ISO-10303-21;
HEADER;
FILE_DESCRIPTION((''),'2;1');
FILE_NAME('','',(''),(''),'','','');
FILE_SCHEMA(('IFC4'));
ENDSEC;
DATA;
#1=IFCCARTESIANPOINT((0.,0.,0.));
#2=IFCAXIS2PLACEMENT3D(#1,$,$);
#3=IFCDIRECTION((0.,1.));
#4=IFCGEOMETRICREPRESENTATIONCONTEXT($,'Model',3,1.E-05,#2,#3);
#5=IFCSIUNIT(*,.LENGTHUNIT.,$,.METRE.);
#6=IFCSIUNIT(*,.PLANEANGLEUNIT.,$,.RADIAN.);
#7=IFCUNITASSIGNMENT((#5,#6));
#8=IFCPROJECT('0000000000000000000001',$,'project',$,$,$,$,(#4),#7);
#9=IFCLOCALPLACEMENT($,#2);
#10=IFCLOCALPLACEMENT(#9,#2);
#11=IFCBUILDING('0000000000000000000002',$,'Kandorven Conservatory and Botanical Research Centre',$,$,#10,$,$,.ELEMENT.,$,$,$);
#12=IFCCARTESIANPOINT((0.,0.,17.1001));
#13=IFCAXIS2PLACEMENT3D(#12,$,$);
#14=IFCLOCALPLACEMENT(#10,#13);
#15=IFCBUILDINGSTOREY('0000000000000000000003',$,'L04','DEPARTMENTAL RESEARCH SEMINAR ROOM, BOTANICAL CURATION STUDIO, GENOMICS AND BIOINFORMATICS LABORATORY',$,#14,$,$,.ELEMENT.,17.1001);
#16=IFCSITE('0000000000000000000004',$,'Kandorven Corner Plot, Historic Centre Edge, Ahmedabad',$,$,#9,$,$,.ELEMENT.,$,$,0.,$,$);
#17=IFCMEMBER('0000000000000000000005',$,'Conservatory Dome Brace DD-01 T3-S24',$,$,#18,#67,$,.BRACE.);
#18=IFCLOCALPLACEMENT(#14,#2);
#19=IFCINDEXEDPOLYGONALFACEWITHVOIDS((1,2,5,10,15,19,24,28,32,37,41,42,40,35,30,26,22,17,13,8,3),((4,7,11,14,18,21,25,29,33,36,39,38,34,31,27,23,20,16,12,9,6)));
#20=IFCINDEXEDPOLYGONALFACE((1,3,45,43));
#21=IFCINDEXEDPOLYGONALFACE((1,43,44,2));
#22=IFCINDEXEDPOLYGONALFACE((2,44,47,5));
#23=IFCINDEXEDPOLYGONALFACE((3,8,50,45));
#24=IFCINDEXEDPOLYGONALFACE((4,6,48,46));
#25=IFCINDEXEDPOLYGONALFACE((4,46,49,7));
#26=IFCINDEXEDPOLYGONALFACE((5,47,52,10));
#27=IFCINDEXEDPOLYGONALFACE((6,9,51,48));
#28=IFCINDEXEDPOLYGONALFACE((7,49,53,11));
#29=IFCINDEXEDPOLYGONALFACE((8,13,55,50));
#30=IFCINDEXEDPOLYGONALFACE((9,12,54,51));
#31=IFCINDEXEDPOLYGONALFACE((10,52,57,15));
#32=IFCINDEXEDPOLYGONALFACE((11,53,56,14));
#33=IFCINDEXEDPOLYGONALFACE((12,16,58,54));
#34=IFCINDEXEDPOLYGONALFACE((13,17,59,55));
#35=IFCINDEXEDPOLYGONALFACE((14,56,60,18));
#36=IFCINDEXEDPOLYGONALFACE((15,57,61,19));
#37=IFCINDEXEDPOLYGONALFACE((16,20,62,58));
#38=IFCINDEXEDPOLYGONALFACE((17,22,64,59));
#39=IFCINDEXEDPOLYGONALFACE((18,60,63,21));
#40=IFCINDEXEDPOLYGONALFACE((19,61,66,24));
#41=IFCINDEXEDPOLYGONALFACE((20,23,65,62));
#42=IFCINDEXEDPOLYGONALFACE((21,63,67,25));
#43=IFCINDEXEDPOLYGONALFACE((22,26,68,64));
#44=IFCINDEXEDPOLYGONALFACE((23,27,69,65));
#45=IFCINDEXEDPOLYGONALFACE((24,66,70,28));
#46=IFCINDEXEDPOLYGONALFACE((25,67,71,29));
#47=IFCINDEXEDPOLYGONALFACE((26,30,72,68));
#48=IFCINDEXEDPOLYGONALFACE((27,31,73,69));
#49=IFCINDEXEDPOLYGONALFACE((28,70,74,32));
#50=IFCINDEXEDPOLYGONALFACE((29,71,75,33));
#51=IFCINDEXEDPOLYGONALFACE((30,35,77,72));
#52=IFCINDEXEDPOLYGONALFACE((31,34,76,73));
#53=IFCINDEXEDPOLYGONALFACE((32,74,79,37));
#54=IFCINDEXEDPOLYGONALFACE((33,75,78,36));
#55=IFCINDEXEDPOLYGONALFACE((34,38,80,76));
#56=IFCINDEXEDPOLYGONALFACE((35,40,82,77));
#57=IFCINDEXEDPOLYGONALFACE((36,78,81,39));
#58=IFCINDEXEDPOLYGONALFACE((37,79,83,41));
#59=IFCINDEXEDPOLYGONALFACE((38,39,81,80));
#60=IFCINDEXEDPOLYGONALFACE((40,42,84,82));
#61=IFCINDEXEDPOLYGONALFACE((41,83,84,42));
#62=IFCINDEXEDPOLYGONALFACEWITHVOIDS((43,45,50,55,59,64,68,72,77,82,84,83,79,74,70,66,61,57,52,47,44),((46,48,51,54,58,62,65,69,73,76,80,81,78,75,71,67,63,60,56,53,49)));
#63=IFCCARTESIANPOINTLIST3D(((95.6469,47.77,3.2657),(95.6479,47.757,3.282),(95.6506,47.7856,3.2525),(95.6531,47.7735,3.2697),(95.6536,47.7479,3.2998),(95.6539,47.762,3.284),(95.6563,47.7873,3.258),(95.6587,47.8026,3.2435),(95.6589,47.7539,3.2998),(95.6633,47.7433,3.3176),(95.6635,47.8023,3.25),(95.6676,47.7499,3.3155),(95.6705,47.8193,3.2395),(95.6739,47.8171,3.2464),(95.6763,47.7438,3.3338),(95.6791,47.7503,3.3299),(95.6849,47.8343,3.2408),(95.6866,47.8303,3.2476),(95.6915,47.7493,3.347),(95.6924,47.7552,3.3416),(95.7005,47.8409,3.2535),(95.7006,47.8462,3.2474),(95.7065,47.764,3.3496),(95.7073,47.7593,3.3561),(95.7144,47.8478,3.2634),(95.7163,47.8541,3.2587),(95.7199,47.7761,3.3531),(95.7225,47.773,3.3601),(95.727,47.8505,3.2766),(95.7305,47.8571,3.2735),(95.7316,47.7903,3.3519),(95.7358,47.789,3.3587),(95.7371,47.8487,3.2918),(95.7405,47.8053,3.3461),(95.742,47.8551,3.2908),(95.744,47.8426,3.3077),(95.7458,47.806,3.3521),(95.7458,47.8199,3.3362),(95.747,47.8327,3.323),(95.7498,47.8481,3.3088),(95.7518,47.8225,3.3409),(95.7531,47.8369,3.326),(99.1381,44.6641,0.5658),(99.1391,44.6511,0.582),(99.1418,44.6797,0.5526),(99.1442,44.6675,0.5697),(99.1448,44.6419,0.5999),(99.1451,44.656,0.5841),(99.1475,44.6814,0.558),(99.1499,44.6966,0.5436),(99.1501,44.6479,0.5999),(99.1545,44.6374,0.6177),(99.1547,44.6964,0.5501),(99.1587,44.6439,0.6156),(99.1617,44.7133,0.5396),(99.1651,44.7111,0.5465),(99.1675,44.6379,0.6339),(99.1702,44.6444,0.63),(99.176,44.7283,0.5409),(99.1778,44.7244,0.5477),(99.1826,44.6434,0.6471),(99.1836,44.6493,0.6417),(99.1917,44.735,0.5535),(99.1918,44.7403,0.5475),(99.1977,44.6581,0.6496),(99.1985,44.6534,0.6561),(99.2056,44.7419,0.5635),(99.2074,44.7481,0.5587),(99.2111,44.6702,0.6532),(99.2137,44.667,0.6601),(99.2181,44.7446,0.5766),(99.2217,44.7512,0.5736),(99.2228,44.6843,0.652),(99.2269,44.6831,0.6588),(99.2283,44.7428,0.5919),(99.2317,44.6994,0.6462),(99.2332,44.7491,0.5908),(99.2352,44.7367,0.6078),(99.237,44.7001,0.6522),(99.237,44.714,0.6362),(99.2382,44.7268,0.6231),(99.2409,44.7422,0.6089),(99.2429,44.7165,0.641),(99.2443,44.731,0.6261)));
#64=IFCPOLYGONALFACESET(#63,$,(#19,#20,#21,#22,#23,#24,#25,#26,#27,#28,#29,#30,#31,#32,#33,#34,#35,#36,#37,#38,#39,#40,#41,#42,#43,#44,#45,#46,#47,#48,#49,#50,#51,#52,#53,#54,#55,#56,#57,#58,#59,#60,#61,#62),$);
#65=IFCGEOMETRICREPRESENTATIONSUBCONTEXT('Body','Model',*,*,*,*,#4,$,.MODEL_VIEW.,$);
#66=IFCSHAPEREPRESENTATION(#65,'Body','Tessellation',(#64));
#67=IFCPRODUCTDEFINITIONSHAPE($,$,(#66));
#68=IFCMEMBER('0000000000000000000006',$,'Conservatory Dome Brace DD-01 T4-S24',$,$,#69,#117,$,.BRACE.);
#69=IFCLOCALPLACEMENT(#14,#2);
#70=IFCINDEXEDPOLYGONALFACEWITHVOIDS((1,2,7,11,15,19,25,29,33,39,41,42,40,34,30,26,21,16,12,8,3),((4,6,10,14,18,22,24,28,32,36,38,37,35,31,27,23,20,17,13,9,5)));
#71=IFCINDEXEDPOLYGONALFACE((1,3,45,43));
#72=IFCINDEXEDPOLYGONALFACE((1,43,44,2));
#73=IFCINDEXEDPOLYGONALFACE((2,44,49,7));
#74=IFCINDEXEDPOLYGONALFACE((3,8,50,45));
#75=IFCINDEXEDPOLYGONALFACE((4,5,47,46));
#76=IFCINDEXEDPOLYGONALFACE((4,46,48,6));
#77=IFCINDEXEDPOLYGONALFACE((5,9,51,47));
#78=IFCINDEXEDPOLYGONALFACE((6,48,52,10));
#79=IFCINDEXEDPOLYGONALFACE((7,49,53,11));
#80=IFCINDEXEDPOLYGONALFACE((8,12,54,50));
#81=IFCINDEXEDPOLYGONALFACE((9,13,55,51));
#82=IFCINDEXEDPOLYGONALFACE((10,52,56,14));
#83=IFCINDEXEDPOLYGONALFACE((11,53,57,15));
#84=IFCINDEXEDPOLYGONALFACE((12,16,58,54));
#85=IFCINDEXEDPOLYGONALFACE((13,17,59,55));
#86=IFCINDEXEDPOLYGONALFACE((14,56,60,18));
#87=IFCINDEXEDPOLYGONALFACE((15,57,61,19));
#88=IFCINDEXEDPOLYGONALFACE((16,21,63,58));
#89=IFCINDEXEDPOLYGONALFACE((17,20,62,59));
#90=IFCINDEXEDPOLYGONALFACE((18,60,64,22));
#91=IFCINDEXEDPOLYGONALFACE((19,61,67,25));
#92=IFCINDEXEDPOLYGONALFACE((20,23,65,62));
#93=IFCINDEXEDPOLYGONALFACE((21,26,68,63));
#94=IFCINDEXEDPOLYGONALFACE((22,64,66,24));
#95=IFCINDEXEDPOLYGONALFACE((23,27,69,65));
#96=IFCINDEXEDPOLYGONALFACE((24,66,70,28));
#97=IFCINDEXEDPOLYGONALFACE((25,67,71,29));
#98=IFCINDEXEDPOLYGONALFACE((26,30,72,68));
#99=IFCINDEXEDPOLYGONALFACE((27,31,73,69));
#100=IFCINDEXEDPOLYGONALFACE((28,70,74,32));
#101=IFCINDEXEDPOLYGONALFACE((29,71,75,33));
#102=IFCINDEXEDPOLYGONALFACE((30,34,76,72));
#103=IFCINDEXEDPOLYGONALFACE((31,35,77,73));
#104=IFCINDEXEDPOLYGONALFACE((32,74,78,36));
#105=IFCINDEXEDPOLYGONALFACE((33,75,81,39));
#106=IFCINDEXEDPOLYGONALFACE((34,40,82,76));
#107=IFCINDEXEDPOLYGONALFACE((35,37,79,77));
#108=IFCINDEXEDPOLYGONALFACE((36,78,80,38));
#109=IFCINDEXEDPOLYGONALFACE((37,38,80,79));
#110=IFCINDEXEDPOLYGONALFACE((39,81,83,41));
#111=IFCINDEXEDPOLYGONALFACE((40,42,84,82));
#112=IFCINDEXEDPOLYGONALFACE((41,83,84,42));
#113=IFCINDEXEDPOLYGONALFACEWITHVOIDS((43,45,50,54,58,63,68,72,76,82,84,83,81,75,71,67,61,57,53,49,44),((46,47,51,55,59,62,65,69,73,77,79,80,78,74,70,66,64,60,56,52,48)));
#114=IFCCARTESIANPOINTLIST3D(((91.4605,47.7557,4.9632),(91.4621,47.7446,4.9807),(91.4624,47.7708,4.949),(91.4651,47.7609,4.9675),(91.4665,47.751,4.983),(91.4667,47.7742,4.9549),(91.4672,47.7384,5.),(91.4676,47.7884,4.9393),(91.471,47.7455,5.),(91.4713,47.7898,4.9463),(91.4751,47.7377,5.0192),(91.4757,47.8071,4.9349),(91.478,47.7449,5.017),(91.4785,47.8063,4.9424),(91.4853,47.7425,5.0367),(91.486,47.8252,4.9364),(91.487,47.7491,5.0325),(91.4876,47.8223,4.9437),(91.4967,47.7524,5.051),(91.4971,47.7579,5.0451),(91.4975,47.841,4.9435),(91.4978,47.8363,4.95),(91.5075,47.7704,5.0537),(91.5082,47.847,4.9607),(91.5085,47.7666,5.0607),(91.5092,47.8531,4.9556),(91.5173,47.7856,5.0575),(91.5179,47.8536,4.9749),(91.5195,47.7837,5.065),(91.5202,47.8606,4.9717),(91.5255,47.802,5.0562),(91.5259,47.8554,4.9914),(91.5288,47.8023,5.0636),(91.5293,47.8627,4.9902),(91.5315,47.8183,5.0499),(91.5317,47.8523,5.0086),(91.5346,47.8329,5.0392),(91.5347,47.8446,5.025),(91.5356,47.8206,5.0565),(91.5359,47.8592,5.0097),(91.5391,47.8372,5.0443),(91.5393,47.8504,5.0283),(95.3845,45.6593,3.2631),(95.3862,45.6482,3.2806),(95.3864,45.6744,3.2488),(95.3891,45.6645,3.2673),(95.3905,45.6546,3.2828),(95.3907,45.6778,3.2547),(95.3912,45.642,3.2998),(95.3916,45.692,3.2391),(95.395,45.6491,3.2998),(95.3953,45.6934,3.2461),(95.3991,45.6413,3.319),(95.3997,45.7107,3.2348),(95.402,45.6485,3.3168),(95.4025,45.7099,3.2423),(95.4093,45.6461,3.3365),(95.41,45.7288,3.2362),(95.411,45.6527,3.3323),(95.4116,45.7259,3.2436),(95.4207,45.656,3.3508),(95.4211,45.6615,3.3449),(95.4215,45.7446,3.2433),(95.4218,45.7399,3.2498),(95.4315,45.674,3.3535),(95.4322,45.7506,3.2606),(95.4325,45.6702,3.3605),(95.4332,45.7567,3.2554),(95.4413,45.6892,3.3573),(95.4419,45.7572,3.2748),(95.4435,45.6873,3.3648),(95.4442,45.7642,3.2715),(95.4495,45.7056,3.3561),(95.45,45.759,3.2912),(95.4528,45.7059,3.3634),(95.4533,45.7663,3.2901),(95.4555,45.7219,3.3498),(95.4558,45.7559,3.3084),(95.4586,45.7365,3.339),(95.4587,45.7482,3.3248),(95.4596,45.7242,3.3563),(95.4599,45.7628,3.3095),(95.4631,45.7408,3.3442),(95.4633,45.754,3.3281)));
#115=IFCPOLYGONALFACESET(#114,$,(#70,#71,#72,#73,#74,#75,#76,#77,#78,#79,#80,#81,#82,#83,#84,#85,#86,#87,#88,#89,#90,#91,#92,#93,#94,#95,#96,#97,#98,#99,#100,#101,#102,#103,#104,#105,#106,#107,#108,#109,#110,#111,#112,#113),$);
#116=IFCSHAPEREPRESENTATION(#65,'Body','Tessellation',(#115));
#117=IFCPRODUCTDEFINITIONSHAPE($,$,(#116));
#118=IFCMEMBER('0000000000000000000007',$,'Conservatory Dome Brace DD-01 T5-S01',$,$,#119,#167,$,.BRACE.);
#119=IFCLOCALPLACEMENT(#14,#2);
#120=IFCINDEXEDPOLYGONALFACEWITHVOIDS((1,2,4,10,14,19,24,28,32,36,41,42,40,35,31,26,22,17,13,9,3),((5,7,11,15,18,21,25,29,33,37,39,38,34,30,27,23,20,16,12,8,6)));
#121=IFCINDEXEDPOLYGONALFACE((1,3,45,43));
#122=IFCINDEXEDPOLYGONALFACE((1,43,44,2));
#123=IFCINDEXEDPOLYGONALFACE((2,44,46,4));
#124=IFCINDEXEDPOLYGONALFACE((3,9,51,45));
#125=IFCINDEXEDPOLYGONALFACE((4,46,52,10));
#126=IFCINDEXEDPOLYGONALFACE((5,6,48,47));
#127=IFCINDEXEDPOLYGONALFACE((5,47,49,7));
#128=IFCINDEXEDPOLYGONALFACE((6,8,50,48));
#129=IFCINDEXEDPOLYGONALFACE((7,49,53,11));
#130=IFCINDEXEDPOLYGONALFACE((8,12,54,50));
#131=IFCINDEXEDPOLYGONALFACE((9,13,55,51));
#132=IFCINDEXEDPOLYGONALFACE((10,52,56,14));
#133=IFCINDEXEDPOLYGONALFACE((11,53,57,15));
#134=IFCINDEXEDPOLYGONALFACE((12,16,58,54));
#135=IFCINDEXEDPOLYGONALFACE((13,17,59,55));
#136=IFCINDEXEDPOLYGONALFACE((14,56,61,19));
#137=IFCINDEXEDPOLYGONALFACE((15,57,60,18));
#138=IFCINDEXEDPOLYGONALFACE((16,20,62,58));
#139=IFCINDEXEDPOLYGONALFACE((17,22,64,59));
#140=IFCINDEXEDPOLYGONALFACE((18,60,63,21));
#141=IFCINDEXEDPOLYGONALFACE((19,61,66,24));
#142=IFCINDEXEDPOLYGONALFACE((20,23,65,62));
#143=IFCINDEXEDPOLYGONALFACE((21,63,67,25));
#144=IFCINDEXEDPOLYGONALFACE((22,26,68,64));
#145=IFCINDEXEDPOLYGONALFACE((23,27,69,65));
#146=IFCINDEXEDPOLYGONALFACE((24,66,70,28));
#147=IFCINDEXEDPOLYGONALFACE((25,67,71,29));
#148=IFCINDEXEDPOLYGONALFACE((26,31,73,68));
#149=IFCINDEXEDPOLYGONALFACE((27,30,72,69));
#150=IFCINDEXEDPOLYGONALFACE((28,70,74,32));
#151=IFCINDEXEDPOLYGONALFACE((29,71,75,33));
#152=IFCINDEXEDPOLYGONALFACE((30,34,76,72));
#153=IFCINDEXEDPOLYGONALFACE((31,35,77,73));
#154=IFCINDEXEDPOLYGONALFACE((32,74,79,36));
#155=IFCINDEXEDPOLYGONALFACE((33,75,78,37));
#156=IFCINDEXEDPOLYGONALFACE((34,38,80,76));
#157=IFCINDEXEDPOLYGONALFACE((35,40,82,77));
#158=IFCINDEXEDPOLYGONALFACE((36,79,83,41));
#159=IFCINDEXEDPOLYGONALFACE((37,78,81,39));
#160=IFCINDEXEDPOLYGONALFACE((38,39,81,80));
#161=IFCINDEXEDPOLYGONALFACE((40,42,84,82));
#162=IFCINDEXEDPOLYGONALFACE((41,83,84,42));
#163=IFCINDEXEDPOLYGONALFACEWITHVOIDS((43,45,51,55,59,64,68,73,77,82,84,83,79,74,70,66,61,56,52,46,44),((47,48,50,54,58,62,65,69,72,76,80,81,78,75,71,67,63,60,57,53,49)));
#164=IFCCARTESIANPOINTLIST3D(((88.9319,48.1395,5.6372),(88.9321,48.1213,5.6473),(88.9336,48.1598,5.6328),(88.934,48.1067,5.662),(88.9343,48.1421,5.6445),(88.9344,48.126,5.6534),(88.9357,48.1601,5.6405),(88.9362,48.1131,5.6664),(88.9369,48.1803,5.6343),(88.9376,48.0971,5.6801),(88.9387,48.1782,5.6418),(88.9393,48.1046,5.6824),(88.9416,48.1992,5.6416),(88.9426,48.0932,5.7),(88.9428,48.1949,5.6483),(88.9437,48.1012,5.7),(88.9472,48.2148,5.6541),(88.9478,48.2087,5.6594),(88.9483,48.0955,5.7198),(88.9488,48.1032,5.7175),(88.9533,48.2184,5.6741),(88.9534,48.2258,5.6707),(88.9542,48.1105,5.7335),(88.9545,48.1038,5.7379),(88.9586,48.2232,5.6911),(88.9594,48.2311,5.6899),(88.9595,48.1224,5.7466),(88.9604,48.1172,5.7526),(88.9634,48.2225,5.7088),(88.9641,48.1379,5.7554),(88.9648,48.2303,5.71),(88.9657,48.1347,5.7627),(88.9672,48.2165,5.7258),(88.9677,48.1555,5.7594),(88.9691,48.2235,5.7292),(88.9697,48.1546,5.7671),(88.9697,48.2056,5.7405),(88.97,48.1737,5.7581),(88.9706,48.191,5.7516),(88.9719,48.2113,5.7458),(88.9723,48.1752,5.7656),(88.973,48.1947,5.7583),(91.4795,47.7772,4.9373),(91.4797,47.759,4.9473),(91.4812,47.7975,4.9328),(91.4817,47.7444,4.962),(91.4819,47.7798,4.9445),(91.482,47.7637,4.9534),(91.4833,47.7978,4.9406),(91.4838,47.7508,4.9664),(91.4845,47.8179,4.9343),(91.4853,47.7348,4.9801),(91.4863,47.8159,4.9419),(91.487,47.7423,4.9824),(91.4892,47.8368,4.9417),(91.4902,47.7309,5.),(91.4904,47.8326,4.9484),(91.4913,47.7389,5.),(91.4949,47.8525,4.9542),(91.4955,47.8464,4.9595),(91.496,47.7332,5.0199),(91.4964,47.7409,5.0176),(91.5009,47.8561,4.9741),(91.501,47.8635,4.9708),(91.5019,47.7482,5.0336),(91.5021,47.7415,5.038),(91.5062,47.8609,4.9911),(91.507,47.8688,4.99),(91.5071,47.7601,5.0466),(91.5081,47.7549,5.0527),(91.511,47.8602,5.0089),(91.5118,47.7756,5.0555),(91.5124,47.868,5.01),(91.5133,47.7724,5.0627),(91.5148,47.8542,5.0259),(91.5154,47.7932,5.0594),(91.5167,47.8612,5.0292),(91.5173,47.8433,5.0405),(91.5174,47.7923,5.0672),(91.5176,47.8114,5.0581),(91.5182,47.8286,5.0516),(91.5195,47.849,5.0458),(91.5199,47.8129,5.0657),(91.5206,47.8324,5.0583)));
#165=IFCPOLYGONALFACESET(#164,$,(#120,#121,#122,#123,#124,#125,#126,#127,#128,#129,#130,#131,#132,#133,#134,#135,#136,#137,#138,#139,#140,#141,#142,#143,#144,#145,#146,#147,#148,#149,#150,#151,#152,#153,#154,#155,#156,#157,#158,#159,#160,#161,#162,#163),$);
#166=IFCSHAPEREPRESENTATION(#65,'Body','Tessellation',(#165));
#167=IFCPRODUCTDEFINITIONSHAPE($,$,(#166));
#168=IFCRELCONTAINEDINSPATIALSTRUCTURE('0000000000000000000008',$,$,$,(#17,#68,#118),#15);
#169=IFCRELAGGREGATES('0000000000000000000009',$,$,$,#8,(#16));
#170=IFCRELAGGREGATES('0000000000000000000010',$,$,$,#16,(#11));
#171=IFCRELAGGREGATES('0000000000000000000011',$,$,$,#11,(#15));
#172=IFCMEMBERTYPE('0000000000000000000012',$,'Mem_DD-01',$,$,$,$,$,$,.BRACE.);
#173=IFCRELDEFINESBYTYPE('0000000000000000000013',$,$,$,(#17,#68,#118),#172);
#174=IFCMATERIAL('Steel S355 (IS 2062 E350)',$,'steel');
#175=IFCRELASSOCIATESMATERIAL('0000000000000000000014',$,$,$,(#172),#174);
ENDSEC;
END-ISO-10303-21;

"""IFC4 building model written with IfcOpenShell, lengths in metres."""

from ifc_helpers import new_model, si_unit, direction, frame, origin, origin_2d, place, context, subcontext, project, spatial, hollow_circle, extrude, material, material_profile, profile_set, type_object, element, save


model = new_model("IFC4")

# Units and contexts
model_context = context("Model", 3, precision=1e-05, world=origin(), true_north=direction((0.0, 1.0)))
body_context = subcontext(model_context, "Body", "Model", "MODEL_VIEW")
ifc_project = project(units=[si_unit("LENGTHUNIT", "METRE"), si_unit("PLANEANGLEUNIT", "RADIAN")], contexts=[model_context])

# Site, building, storey
site_placement = place(None, origin())
site = spatial("IfcSite", under=ifc_project, at=site_placement, Name="Kandorven Corner Plot, Historic Centre Edge, Ahmedabad", CompositionType="ELEMENT", RefElevation=0.0)
building_placement = place(site_placement, origin())
building = spatial("IfcBuilding", under=site, at=building_placement, Name="Kandorven Conservatory and Botanical Research Centre", CompositionType="ELEMENT")
storey_placement = place(building_placement, frame((0.0, 0.0, 17.1001)))
storey = spatial("IfcBuildingStorey", under=building, at=storey_placement, Name="L04", Description="DEPARTMENTAL RESEARCH SEMINAR ROOM, BOTANICAL CURATION STUDIO, GENOMICS AND BIOINFORMATICS LABORATORY", CompositionType="ELEMENT", Elevation=17.1001)

# Members
ifc_material_1 = material(Name="Steel S355 (IS 2062 E350)", Category="steel")
ifc_material_profile_1 = material_profile(ifc_material_1, hollow_circle(Radius=0.0698, WallThickness=0.0081, at=origin_2d()))
ifc_profile_set_1 = profile_set([ifc_material_profile_1], Name="Steel S355 (IS 2062 E350)")
member_type_1 = type_object("IfcMemberType", Name="Mem_DD-01", PredefinedType="BRACE", material=ifc_profile_set_1)
member_1_placement = place(storey_placement, frame((99.1912, 44.6941, 0.5999), z_axis=(-0.646906, 0.57552, 0.500289), x_axis=(-0.664682, -0.747127, 0.0)))
element("IfcMember", 1, at=member_1_placement, inside=storey, type_object=member_type_1, Name="Conservatory Dome Brace DD-01 T3-S24", PredefinedType="BRACE", context=body_context, shape_type="SweptSolid", body=[
    extrude(hollow_circle(Radius=0.0698, WallThickness=0.0081, at=origin_2d()), origin(), (0.0, 0.0, 1.0), 5.3967),
])
member_2_placement = place(storey_placement, frame((95.4241, 45.7036, 3.2998), z_axis=(-0.823904, 0.440171, 0.356976), x_axis=(-0.471218, -0.882017, 0.0)))
element("IfcMember", 2, at=member_2_placement, inside=storey, type_object=member_type_1, Name="Conservatory Dome Brace DD-01 T4-S24", PredefinedType="BRACE", context=body_context, shape_type="SweptSolid", body=[
    extrude(hollow_circle(Radius=0.0698, WallThickness=0.0081, at=origin_2d()), origin(), (0.0, 0.0, 1.0), 4.7627),
])
member_3_placement = place(storey_placement, frame((91.5, 47.8, 5.0), z_axis=(-0.955327, 0.135861, 0.262475), x_axis=(-0.140797, -0.990038, 0.0)))
element("IfcMember", 3, at=member_3_placement, inside=storey, type_object=member_type_1, Name="Conservatory Dome Brace DD-01 T5-S01", PredefinedType="BRACE", context=body_context, shape_type="SweptSolid", body=[
    extrude(hollow_circle(Radius=0.0698, WallThickness=0.0081, at=origin_2d()), origin(), (0.0, 0.0, 1.0), 2.6667),
])

save(model, "model.ifc")
